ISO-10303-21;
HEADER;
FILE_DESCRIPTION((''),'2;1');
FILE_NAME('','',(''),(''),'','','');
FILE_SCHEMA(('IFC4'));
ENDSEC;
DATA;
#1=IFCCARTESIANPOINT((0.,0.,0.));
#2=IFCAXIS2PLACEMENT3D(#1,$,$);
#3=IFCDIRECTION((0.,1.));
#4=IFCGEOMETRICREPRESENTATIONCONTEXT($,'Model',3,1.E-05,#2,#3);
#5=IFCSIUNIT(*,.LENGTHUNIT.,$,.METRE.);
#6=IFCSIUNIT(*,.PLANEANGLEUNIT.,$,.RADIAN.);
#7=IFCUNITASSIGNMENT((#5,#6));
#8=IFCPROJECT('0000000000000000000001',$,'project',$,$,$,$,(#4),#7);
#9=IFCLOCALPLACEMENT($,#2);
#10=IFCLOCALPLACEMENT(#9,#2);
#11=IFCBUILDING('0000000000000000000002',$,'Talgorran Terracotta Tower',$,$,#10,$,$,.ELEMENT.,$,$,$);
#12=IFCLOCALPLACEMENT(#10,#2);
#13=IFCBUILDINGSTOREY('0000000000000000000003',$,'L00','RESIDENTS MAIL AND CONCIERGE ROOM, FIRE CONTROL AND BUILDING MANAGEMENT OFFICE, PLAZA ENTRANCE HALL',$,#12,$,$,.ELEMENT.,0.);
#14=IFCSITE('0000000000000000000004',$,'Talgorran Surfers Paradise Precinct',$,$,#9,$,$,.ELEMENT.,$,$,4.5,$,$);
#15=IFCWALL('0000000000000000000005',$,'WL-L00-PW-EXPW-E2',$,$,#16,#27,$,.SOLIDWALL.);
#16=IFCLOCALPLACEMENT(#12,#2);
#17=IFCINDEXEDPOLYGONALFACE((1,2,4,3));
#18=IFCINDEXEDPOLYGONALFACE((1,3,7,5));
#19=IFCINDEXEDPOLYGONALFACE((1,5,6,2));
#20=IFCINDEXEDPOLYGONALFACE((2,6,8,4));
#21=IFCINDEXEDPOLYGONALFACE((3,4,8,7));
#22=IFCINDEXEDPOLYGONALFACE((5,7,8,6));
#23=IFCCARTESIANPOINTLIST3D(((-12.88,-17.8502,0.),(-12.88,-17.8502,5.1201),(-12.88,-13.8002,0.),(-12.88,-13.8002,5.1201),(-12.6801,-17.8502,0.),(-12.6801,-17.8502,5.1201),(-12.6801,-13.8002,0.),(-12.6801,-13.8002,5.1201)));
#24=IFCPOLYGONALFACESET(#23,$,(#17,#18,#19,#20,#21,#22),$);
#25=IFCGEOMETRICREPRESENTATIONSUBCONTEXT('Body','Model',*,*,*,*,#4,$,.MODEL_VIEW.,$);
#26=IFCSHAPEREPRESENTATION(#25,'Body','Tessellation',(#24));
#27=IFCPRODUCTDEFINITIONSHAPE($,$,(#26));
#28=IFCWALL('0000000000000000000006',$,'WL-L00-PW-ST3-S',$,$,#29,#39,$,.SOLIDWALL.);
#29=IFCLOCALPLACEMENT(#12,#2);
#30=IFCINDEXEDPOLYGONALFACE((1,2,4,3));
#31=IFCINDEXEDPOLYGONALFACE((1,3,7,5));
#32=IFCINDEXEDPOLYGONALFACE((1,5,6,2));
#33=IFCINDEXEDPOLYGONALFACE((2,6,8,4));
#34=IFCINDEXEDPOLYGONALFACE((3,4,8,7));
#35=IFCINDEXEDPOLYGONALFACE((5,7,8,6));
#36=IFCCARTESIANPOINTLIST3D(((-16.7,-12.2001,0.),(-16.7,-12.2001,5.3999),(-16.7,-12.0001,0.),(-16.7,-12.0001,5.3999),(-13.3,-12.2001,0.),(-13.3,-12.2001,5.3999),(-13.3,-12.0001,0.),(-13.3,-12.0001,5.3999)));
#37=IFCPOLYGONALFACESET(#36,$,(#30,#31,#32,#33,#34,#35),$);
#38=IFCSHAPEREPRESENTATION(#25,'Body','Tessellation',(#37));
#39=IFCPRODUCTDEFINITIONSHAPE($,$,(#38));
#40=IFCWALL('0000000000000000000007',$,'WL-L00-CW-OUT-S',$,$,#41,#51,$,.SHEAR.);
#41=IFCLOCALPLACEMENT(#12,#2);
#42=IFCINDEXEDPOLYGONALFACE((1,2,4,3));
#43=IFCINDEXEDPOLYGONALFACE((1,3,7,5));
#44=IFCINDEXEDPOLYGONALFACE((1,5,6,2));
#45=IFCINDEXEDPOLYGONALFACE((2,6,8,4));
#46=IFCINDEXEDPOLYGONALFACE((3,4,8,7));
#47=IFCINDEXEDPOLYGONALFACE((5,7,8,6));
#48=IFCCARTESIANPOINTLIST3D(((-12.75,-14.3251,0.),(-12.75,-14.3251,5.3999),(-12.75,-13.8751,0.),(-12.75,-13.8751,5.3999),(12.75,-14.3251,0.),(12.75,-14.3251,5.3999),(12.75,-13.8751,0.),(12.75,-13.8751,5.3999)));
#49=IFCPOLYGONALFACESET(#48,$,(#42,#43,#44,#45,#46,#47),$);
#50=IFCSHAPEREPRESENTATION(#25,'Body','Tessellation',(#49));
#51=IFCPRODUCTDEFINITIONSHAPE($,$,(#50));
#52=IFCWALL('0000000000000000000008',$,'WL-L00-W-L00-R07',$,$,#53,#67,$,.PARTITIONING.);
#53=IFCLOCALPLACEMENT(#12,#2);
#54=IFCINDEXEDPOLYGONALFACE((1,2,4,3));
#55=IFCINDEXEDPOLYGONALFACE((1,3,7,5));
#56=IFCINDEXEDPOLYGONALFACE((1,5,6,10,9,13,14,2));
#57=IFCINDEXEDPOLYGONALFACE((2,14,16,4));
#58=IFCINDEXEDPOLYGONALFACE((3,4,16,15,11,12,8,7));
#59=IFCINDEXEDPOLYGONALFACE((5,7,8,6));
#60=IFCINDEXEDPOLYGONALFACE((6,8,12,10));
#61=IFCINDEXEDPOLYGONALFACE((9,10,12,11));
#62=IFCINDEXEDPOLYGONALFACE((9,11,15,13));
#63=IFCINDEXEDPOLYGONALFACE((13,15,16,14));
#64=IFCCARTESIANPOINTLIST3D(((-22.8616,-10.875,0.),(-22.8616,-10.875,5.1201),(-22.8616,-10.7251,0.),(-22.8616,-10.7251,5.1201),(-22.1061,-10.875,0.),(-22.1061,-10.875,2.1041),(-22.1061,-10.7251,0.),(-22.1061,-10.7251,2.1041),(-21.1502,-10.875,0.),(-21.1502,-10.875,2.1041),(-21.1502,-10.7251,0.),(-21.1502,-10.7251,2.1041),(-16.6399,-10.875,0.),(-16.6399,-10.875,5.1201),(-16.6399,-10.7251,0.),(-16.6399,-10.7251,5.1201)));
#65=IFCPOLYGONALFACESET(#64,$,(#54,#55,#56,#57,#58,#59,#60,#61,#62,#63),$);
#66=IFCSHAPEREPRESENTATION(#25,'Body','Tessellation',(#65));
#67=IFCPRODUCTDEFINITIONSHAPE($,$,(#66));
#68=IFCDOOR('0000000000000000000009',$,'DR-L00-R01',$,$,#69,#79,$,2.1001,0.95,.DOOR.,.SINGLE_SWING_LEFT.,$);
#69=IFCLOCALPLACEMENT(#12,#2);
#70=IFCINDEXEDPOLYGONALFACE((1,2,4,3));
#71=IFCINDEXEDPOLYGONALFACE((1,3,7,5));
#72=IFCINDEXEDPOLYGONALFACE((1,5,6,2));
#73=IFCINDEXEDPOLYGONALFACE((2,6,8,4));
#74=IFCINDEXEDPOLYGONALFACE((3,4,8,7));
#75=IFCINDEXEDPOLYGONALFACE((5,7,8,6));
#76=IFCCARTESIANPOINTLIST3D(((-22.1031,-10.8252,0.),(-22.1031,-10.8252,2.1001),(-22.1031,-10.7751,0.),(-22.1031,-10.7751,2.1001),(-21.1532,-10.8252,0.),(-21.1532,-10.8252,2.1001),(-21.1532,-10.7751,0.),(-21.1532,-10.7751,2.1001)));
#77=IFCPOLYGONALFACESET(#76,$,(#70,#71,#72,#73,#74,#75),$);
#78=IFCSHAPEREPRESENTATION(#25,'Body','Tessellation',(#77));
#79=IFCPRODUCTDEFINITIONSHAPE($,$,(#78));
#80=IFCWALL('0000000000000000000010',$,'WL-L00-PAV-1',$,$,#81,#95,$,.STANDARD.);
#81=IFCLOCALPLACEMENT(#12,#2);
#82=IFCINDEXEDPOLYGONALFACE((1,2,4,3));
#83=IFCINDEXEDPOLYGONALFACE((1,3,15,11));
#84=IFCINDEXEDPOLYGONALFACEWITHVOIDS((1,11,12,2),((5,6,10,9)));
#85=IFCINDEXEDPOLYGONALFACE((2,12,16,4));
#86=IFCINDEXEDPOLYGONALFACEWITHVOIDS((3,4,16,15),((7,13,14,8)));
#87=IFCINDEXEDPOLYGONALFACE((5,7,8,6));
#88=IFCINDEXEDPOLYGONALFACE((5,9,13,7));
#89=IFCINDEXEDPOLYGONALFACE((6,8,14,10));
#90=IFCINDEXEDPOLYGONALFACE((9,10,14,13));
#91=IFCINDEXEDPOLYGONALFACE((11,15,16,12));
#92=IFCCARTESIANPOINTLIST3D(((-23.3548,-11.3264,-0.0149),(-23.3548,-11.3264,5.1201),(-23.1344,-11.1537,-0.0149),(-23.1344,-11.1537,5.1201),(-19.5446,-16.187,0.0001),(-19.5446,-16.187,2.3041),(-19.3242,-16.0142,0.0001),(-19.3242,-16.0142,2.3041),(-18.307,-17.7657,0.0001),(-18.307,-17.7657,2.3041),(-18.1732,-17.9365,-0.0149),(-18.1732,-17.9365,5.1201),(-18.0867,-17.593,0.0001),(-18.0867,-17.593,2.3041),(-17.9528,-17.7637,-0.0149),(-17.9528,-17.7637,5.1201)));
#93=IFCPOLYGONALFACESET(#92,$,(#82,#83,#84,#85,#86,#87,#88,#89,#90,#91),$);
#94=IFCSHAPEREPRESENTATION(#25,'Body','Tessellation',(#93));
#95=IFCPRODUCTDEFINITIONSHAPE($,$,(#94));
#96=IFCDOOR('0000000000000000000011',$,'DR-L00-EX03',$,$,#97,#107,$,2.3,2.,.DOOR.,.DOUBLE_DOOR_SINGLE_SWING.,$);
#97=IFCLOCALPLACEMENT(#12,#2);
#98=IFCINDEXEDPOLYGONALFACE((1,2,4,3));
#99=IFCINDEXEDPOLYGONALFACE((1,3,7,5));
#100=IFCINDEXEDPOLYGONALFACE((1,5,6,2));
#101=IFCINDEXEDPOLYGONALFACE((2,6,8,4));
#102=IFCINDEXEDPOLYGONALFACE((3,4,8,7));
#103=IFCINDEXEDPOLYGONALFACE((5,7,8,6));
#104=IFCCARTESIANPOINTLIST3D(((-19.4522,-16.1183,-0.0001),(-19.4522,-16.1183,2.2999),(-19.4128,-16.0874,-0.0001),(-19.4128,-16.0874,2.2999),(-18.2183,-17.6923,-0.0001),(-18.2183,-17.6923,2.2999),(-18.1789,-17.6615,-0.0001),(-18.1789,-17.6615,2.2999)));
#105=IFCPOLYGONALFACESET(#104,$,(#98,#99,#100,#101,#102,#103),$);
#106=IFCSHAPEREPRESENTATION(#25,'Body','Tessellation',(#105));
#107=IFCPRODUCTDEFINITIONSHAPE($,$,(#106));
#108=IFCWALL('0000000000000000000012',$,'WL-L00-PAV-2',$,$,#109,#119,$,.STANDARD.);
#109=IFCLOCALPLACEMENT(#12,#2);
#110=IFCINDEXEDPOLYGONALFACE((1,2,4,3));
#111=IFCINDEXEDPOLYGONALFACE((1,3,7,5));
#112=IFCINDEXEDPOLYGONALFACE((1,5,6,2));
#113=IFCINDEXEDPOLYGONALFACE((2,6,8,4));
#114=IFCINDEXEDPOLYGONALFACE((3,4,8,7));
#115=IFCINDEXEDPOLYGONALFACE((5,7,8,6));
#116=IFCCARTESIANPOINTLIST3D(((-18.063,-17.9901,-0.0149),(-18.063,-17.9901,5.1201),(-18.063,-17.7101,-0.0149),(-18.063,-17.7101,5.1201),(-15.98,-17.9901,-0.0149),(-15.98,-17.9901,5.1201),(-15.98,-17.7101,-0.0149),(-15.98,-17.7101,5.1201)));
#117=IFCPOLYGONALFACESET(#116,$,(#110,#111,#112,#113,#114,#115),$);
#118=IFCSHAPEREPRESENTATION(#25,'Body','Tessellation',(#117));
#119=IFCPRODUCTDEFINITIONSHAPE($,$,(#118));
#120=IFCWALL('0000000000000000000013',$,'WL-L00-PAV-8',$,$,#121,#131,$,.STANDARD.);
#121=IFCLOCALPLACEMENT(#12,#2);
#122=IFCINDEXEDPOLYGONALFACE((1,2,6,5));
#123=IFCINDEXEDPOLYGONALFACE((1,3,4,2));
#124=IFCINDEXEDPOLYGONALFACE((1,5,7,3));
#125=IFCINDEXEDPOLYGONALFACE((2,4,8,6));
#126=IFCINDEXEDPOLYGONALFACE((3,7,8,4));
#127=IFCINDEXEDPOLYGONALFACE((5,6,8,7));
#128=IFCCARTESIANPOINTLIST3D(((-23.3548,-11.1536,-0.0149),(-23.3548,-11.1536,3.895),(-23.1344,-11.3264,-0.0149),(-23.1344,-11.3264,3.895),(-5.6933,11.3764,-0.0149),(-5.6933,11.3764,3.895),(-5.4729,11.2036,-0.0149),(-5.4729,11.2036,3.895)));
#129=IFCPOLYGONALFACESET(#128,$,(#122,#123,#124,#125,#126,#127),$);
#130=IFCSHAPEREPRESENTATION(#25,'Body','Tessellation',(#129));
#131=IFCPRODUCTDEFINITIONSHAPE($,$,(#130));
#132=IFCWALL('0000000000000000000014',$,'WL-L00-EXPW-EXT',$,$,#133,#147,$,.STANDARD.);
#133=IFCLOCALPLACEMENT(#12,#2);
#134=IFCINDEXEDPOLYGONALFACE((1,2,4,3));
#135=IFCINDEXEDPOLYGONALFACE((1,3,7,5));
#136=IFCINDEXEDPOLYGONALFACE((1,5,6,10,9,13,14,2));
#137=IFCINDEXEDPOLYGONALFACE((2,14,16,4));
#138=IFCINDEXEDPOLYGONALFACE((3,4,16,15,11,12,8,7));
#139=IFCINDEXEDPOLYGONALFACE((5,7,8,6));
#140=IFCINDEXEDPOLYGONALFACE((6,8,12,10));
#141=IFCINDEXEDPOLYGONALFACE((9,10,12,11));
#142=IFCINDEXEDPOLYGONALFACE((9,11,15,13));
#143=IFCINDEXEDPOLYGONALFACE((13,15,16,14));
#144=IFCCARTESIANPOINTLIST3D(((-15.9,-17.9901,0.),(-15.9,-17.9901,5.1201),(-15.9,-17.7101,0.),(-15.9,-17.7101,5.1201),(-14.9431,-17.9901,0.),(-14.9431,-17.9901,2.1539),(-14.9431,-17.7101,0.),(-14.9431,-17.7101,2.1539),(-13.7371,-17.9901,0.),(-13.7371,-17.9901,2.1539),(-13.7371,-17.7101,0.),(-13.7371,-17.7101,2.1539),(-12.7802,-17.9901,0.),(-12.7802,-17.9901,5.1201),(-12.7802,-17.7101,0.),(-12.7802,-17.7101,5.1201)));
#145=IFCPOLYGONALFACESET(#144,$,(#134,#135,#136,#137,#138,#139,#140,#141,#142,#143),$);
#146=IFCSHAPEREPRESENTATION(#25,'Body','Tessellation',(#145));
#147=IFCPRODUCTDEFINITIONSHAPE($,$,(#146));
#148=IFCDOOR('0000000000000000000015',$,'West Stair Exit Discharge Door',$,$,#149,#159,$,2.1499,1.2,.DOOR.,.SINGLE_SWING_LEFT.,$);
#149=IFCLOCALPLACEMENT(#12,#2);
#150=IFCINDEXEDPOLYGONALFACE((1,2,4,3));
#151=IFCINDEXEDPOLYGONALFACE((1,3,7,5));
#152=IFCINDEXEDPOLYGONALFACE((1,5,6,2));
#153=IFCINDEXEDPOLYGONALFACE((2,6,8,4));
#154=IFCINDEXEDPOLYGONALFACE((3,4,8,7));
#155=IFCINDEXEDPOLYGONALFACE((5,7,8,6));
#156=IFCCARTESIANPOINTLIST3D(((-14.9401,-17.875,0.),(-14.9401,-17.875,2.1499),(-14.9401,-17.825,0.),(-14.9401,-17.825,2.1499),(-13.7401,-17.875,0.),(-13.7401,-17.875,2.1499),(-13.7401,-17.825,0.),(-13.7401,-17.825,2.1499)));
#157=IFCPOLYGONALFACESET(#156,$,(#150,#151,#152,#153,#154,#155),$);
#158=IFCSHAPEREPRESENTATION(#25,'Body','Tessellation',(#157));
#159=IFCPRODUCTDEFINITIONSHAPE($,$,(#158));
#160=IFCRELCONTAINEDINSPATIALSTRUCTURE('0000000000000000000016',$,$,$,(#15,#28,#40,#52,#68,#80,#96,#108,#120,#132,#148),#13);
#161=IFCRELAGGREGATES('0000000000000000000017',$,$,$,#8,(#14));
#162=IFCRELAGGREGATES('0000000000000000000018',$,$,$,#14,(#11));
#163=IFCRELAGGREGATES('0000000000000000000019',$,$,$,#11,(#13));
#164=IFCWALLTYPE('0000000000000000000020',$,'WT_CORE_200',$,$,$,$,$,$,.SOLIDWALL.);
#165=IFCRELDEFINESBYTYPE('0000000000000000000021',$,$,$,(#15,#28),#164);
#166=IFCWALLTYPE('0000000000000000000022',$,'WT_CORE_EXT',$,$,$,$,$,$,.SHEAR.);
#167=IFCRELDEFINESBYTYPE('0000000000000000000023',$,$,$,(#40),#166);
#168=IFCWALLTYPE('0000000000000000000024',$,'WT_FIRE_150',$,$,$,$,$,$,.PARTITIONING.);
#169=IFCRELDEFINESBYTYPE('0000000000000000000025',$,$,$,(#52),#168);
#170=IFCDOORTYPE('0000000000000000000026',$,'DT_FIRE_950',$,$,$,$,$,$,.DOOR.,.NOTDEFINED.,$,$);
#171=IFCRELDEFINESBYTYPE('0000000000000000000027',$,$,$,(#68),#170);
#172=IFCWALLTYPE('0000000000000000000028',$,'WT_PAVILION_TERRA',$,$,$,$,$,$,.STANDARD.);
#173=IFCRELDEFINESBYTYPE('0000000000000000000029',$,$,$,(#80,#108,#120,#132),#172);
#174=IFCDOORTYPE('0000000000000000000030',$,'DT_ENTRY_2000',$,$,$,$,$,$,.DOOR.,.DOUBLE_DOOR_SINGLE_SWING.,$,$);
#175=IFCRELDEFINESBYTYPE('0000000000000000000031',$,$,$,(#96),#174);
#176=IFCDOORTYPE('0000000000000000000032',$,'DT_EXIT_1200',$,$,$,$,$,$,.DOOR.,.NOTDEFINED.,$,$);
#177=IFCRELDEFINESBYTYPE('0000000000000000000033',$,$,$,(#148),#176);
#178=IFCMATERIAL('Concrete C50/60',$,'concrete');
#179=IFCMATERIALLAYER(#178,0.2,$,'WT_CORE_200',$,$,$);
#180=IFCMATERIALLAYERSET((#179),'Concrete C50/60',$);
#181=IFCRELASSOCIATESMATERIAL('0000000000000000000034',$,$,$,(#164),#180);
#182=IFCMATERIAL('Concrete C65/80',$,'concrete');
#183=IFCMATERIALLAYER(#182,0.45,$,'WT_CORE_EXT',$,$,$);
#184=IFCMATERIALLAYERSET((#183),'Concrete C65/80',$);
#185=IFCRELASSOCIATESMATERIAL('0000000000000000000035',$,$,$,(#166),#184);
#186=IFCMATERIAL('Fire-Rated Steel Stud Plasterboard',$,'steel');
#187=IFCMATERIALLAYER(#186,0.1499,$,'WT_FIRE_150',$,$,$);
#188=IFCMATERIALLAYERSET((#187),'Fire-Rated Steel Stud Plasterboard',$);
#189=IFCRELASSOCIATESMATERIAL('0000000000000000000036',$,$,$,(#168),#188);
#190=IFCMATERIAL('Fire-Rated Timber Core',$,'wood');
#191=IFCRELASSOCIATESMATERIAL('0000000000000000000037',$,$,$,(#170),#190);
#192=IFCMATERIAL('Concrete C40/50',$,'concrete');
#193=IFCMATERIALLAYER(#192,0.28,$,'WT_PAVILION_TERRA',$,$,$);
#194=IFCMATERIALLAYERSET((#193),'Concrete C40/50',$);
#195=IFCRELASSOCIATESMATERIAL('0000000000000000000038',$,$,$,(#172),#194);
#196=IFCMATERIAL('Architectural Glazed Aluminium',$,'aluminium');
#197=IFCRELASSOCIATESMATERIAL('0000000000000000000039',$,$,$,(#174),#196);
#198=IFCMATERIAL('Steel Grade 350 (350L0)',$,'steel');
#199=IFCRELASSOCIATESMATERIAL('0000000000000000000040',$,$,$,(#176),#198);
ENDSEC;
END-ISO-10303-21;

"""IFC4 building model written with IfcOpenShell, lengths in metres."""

from ifc_helpers import new_model, si_unit, direction, frame, frame_2d, origin, place, context, subcontext, project, spatial, rectangle, extrude, material, layer, layer_set, type_object, element, fill, save


model = new_model("IFC4")

# Units and contexts
model_context = context("Model", 3, precision=1e-05, world=origin(), true_north=direction((0.0, 1.0)))
body_context = subcontext(model_context, "Body", "Model", "MODEL_VIEW")
ifc_project = project(units=[si_unit("LENGTHUNIT", "METRE"), si_unit("PLANEANGLEUNIT", "RADIAN")], contexts=[model_context])

# Site, building, storey
site_placement = place(None, origin())
site = spatial("IfcSite", under=ifc_project, at=site_placement, Name="Talgorran Surfers Paradise Precinct", CompositionType="ELEMENT", RefElevation=4.5)
building_placement = place(site_placement, origin())
building = spatial("IfcBuilding", under=site, at=building_placement, Name="Talgorran Terracotta Tower", CompositionType="ELEMENT")
storey_placement = place(building_placement, origin())
storey = spatial("IfcBuildingStorey", under=building, at=storey_placement, Name="L00", Description="RESIDENTS MAIL AND CONCIERGE ROOM, FIRE CONTROL AND BUILDING MANAGEMENT OFFICE, PLAZA ENTRANCE HALL", CompositionType="ELEMENT", Elevation=0.0)

# Shared definitions
ifc_material_1 = material(Name="Steel Grade 350 (350L0)", Category="steel")

# Walls
ifc_material_2 = material(Name="Concrete C50/60", Category="concrete")
ifc_layer_1 = layer(ifc_material_2, 0.2, Name="WT_CORE_200")
ifc_layer_set_1 = layer_set([ifc_layer_1], Name="Concrete C50/60")
wall_type_1 = type_object("IfcWallType", Name="WT_CORE_200", PredefinedType="SOLIDWALL", material=ifc_layer_set_1)
wall_1_placement = place(storey_placement, frame((-12.78, -17.8501, 0.0), z_axis=(0.0, 0.0, 1.0), x_axis=(0.0, 1.0, 0.0)))
element("IfcWall", 1, at=wall_1_placement, inside=storey, type_object=wall_type_1, Name="WL-L00-PW-EXPW-E2", PredefinedType="SOLIDWALL", context=body_context, shape_type="SweptSolid", body=[
    extrude(rectangle(XDim=4.05, YDim=0.2, at=frame_2d((2.0249, 0.0))), origin(), (0.0, 0.0, 1.0), 5.1201),
])
wall_2_placement = place(storey_placement, frame((-16.7, -12.1001, 0.0), z_axis=(0.0, 0.0, 1.0), x_axis=(1.0, 0.0, 0.0)))
element("IfcWall", 2, at=wall_2_placement, inside=storey, type_object=wall_type_1, Name="WL-L00-PW-ST3-S", PredefinedType="SOLIDWALL", context=body_context, shape_type="SweptSolid", body=[
    extrude(rectangle(XDim=3.3999, YDim=0.2, at=frame_2d((1.7, 0.0))), origin(), (0.0, 0.0, 1.0), 5.3999),
])
ifc_material_3 = material(Name="Concrete C65/80", Category="concrete")
ifc_layer_2 = layer(ifc_material_3, 0.45, Name="WT_CORE_EXT")
ifc_layer_set_2 = layer_set([ifc_layer_2], Name="Concrete C65/80")
wall_type_2 = type_object("IfcWallType", Name="WT_CORE_EXT", PredefinedType="SHEAR", material=ifc_layer_set_2)
wall_3_placement = place(storey_placement, frame((-12.75, -14.1001, 0.0), z_axis=(0.0, 0.0, 1.0), x_axis=(1.0, 0.0, 0.0)))
element("IfcWall", 3, at=wall_3_placement, inside=storey, type_object=wall_type_2, Name="WL-L00-CW-OUT-S", PredefinedType="SHEAR", context=body_context, shape_type="SweptSolid", body=[
    extrude(rectangle(XDim=25.5, YDim=0.45, at=frame_2d((12.75, 0.0))), origin(), (0.0, 0.0, 1.0), 5.3999),
])

# Walls, openings, doors
ifc_material_4 = material(Name="Fire-Rated Steel Stud Plasterboard", Category="steel")
ifc_layer_3 = layer(ifc_material_4, 0.1499, Name="WT_FIRE_150")
ifc_layer_set_3 = layer_set([ifc_layer_3], Name="Fire-Rated Steel Stud Plasterboard")
wall_type_3 = type_object("IfcWallType", Name="WT_FIRE_150", PredefinedType="PARTITIONING", material=ifc_layer_set_3)
wall_4_placement = place(storey_placement, frame((-22.8616, -10.8, 0.0), z_axis=(0.0, 0.0, 1.0), x_axis=(1.0, 0.0, 0.0)))
wall_4 = element("IfcWall", 4, at=wall_4_placement, inside=storey, type_object=wall_type_3, Name="WL-L00-W-L00-R07", PredefinedType="PARTITIONING", context=body_context, shape_type="SweptSolid", body=[
    extrude(rectangle(XDim=6.2217, YDim=0.1499, at=frame_2d((3.1108, 0.0))), origin(), (0.0, 0.0, 1.0), 5.1201),
])
opening_1_placement = place(wall_4_placement, frame((0.7583, 0.0, 0.0)))
opening_1 = element("IfcOpeningElement", 5, at=opening_1_placement, cuts=wall_4, PredefinedType="OPENING", context=body_context, shape_type="SweptSolid", body=[
    extrude(rectangle(XDim=0.956, YDim=2.1041, at=frame_2d((0.4751, 1.052))), frame((0.0, 0.085, 0.0), z_axis=(0.0, -1.0, 0.0), x_axis=(1.0, 0.0, 0.0)), (0.0, 0.0, 1.0), 0.1699),
])
ifc_material_5 = material(Name="Fire-Rated Timber Core", Category="wood")
door_type_1 = type_object("IfcDoorType", Name="DT_FIRE_950", OperationType="NOTDEFINED", PredefinedType="DOOR", material=ifc_material_5)
door_1_placement = place(opening_1_placement, origin())
door_1 = element("IfcDoor", 6, at=door_1_placement, inside=storey, type_object=door_type_1, Name="DR-L00-R01", OperationType="SINGLE_SWING_LEFT", OverallHeight=2.1001, OverallWidth=0.95, PredefinedType="DOOR", context=body_context, shape_type="SweptSolid", body=[
    extrude(rectangle(XDim=0.95, YDim=2.1001, at=frame_2d((0.4751, 1.05))), frame((0.0, 0.0249, 0.0), z_axis=(0.0, -1.0, 0.0), x_axis=(1.0, 0.0, 0.0)), (0.0, 0.0, 1.0), 0.05),
])
fill(opening_1, door_1)
ifc_material_6 = material(Name="Concrete C40/50", Category="concrete")
ifc_layer_4 = layer(ifc_material_6, 0.28, Name="WT_PAVILION_TERRA")
ifc_layer_set_4 = layer_set([ifc_layer_4], Name="Concrete C40/50")
wall_type_4 = type_object("IfcWallType", Name="WT_PAVILION_TERRA", PredefinedType="STANDARD", material=ifc_layer_set_4)
wall_5_placement = place(storey_placement, frame((-18.063, -17.8501, -0.0149), z_axis=(0.0, 0.0, 1.0), x_axis=(-0.616937, 0.787013, 0.0)))
wall_5 = element("IfcWall", 7, at=wall_5_placement, inside=storey, type_object=wall_type_4, Name="WL-L00-PAV-1", PredefinedType="STANDARD", context=body_context, shape_type="SweptSolid", body=[
    extrude(rectangle(XDim=8.3989, YDim=0.28, at=frame_2d((4.1995, 0.0))), origin(), (0.0, 0.0, 1.0), 5.135),
])
opening_2_placement = place(wall_5_placement, frame((0.22, 0.0, 0.0149)))
opening_2 = element("IfcOpeningElement", 8, at=opening_2_placement, cuts=wall_5, PredefinedType="OPENING", context=body_context, shape_type="SweptSolid", body=[
    extrude(rectangle(XDim=2.006, YDim=2.304, at=frame_2d((1.0, 1.1521))), frame((0.0, 0.1499, 0.0), z_axis=(0.0, -1.0, 0.0), x_axis=(1.0, 0.0, 0.0)), (0.0, 0.0, 1.0), 0.3),
])
ifc_material_7 = material(Name="Architectural Glazed Aluminium", Category="aluminium")
door_type_2 = type_object("IfcDoorType", Name="DT_ENTRY_2000", OperationType="DOUBLE_DOOR_SINGLE_SWING", PredefinedType="DOOR", material=ifc_material_7)
door_2_placement = place(opening_2_placement, origin())
door_2 = element("IfcDoor", 9, at=door_2_placement, inside=storey, type_object=door_type_2, Name="DR-L00-EX03", OperationType="DOUBLE_DOOR_SINGLE_SWING", OverallHeight=2.3, OverallWidth=2.0, PredefinedType="DOOR", context=body_context, shape_type="SweptSolid", body=[
    extrude(rectangle(XDim=2.0, YDim=2.3, at=frame_2d((1.0, 1.1499))), frame((0.0, 0.0249, 0.0), z_axis=(0.0, -1.0, 0.0), x_axis=(1.0, 0.0, 0.0)), (0.0, 0.0, 1.0), 0.05),
])
fill(opening_2, door_2)

# Walls
wall_6_placement = place(storey_placement, frame((-15.98, -17.8501, -0.0149), z_axis=(0.0, 0.0, 1.0), x_axis=(-1.0, 0.0, 0.0)))
element("IfcWall", 10, at=wall_6_placement, inside=storey, type_object=wall_type_4, Name="WL-L00-PAV-2", PredefinedType="STANDARD", context=body_context, shape_type="SweptSolid", body=[
    extrude(rectangle(XDim=2.083, YDim=0.28, at=frame_2d((1.0415, 0.0))), origin(), (0.0, 0.0, 1.0), 5.135),
])
wall_7_placement = place(storey_placement, frame((-23.2446, -11.24, -0.0149), z_axis=(0.0, 0.0, 1.0), x_axis=(0.616945, 0.787006, 0.0)))
element("IfcWall", 11, at=wall_7_placement, inside=storey, type_object=wall_type_4, Name="WL-L00-PAV-8", PredefinedType="STANDARD", context=body_context, shape_type="SweptSolid", body=[
    extrude(rectangle(XDim=28.6274, YDim=0.28, at=frame_2d((14.3137, 0.0))), origin(), (0.0, 0.0, 1.0), 3.9099),
])

# Wall, opening, door
wall_8_placement = place(storey_placement, frame((-12.78, -17.8501, 0.0), z_axis=(0.0, 0.0, 1.0), x_axis=(-1.0, 0.0, 0.0)))
wall_8 = element("IfcWall", 12, at=wall_8_placement, inside=storey, type_object=wall_type_4, Name="WL-L00-EXPW-EXT", PredefinedType="STANDARD", context=body_context, shape_type="SweptSolid", body=[
    extrude(rectangle(XDim=3.1199, YDim=0.28, at=frame_2d((1.5601, 0.0))), origin(), (0.0, 0.0, 1.0), 5.1201),
])
opening_3_placement = place(wall_8_placement, frame((0.96, 0.0, 0.0)))
opening_3 = element("IfcOpeningElement", 13, at=opening_3_placement, cuts=wall_8, PredefinedType="OPENING", context=body_context, shape_type="SweptSolid", body=[
    extrude(rectangle(XDim=1.206, YDim=2.1539, at=frame_2d((0.6001, 1.0769))), frame((0.0, 0.1499, 0.0), z_axis=(0.0, -1.0, 0.0), x_axis=(1.0, 0.0, 0.0)), (0.0, 0.0, 1.0), 0.3),
])
door_type_3 = type_object("IfcDoorType", Name="DT_EXIT_1200", OperationType="NOTDEFINED", PredefinedType="DOOR", material=ifc_material_1)
door_3_placement = place(opening_3_placement, origin())
door_3 = element("IfcDoor", 14, at=door_3_placement, inside=storey, type_object=door_type_3, Name="West Stair Exit Discharge Door", OperationType="SINGLE_SWING_LEFT", OverallHeight=2.1499, OverallWidth=1.2, PredefinedType="DOOR", context=body_context, shape_type="SweptSolid", body=[
    extrude(rectangle(XDim=1.2, YDim=2.1499, at=frame_2d((0.6001, 1.075))), frame((0.0, 0.0249, 0.0), z_axis=(0.0, -1.0, 0.0), x_axis=(1.0, 0.0, 0.0)), (0.0, 0.0, 1.0), 0.05),
])
fill(opening_3, door_3)

save(model, "model.ifc")
